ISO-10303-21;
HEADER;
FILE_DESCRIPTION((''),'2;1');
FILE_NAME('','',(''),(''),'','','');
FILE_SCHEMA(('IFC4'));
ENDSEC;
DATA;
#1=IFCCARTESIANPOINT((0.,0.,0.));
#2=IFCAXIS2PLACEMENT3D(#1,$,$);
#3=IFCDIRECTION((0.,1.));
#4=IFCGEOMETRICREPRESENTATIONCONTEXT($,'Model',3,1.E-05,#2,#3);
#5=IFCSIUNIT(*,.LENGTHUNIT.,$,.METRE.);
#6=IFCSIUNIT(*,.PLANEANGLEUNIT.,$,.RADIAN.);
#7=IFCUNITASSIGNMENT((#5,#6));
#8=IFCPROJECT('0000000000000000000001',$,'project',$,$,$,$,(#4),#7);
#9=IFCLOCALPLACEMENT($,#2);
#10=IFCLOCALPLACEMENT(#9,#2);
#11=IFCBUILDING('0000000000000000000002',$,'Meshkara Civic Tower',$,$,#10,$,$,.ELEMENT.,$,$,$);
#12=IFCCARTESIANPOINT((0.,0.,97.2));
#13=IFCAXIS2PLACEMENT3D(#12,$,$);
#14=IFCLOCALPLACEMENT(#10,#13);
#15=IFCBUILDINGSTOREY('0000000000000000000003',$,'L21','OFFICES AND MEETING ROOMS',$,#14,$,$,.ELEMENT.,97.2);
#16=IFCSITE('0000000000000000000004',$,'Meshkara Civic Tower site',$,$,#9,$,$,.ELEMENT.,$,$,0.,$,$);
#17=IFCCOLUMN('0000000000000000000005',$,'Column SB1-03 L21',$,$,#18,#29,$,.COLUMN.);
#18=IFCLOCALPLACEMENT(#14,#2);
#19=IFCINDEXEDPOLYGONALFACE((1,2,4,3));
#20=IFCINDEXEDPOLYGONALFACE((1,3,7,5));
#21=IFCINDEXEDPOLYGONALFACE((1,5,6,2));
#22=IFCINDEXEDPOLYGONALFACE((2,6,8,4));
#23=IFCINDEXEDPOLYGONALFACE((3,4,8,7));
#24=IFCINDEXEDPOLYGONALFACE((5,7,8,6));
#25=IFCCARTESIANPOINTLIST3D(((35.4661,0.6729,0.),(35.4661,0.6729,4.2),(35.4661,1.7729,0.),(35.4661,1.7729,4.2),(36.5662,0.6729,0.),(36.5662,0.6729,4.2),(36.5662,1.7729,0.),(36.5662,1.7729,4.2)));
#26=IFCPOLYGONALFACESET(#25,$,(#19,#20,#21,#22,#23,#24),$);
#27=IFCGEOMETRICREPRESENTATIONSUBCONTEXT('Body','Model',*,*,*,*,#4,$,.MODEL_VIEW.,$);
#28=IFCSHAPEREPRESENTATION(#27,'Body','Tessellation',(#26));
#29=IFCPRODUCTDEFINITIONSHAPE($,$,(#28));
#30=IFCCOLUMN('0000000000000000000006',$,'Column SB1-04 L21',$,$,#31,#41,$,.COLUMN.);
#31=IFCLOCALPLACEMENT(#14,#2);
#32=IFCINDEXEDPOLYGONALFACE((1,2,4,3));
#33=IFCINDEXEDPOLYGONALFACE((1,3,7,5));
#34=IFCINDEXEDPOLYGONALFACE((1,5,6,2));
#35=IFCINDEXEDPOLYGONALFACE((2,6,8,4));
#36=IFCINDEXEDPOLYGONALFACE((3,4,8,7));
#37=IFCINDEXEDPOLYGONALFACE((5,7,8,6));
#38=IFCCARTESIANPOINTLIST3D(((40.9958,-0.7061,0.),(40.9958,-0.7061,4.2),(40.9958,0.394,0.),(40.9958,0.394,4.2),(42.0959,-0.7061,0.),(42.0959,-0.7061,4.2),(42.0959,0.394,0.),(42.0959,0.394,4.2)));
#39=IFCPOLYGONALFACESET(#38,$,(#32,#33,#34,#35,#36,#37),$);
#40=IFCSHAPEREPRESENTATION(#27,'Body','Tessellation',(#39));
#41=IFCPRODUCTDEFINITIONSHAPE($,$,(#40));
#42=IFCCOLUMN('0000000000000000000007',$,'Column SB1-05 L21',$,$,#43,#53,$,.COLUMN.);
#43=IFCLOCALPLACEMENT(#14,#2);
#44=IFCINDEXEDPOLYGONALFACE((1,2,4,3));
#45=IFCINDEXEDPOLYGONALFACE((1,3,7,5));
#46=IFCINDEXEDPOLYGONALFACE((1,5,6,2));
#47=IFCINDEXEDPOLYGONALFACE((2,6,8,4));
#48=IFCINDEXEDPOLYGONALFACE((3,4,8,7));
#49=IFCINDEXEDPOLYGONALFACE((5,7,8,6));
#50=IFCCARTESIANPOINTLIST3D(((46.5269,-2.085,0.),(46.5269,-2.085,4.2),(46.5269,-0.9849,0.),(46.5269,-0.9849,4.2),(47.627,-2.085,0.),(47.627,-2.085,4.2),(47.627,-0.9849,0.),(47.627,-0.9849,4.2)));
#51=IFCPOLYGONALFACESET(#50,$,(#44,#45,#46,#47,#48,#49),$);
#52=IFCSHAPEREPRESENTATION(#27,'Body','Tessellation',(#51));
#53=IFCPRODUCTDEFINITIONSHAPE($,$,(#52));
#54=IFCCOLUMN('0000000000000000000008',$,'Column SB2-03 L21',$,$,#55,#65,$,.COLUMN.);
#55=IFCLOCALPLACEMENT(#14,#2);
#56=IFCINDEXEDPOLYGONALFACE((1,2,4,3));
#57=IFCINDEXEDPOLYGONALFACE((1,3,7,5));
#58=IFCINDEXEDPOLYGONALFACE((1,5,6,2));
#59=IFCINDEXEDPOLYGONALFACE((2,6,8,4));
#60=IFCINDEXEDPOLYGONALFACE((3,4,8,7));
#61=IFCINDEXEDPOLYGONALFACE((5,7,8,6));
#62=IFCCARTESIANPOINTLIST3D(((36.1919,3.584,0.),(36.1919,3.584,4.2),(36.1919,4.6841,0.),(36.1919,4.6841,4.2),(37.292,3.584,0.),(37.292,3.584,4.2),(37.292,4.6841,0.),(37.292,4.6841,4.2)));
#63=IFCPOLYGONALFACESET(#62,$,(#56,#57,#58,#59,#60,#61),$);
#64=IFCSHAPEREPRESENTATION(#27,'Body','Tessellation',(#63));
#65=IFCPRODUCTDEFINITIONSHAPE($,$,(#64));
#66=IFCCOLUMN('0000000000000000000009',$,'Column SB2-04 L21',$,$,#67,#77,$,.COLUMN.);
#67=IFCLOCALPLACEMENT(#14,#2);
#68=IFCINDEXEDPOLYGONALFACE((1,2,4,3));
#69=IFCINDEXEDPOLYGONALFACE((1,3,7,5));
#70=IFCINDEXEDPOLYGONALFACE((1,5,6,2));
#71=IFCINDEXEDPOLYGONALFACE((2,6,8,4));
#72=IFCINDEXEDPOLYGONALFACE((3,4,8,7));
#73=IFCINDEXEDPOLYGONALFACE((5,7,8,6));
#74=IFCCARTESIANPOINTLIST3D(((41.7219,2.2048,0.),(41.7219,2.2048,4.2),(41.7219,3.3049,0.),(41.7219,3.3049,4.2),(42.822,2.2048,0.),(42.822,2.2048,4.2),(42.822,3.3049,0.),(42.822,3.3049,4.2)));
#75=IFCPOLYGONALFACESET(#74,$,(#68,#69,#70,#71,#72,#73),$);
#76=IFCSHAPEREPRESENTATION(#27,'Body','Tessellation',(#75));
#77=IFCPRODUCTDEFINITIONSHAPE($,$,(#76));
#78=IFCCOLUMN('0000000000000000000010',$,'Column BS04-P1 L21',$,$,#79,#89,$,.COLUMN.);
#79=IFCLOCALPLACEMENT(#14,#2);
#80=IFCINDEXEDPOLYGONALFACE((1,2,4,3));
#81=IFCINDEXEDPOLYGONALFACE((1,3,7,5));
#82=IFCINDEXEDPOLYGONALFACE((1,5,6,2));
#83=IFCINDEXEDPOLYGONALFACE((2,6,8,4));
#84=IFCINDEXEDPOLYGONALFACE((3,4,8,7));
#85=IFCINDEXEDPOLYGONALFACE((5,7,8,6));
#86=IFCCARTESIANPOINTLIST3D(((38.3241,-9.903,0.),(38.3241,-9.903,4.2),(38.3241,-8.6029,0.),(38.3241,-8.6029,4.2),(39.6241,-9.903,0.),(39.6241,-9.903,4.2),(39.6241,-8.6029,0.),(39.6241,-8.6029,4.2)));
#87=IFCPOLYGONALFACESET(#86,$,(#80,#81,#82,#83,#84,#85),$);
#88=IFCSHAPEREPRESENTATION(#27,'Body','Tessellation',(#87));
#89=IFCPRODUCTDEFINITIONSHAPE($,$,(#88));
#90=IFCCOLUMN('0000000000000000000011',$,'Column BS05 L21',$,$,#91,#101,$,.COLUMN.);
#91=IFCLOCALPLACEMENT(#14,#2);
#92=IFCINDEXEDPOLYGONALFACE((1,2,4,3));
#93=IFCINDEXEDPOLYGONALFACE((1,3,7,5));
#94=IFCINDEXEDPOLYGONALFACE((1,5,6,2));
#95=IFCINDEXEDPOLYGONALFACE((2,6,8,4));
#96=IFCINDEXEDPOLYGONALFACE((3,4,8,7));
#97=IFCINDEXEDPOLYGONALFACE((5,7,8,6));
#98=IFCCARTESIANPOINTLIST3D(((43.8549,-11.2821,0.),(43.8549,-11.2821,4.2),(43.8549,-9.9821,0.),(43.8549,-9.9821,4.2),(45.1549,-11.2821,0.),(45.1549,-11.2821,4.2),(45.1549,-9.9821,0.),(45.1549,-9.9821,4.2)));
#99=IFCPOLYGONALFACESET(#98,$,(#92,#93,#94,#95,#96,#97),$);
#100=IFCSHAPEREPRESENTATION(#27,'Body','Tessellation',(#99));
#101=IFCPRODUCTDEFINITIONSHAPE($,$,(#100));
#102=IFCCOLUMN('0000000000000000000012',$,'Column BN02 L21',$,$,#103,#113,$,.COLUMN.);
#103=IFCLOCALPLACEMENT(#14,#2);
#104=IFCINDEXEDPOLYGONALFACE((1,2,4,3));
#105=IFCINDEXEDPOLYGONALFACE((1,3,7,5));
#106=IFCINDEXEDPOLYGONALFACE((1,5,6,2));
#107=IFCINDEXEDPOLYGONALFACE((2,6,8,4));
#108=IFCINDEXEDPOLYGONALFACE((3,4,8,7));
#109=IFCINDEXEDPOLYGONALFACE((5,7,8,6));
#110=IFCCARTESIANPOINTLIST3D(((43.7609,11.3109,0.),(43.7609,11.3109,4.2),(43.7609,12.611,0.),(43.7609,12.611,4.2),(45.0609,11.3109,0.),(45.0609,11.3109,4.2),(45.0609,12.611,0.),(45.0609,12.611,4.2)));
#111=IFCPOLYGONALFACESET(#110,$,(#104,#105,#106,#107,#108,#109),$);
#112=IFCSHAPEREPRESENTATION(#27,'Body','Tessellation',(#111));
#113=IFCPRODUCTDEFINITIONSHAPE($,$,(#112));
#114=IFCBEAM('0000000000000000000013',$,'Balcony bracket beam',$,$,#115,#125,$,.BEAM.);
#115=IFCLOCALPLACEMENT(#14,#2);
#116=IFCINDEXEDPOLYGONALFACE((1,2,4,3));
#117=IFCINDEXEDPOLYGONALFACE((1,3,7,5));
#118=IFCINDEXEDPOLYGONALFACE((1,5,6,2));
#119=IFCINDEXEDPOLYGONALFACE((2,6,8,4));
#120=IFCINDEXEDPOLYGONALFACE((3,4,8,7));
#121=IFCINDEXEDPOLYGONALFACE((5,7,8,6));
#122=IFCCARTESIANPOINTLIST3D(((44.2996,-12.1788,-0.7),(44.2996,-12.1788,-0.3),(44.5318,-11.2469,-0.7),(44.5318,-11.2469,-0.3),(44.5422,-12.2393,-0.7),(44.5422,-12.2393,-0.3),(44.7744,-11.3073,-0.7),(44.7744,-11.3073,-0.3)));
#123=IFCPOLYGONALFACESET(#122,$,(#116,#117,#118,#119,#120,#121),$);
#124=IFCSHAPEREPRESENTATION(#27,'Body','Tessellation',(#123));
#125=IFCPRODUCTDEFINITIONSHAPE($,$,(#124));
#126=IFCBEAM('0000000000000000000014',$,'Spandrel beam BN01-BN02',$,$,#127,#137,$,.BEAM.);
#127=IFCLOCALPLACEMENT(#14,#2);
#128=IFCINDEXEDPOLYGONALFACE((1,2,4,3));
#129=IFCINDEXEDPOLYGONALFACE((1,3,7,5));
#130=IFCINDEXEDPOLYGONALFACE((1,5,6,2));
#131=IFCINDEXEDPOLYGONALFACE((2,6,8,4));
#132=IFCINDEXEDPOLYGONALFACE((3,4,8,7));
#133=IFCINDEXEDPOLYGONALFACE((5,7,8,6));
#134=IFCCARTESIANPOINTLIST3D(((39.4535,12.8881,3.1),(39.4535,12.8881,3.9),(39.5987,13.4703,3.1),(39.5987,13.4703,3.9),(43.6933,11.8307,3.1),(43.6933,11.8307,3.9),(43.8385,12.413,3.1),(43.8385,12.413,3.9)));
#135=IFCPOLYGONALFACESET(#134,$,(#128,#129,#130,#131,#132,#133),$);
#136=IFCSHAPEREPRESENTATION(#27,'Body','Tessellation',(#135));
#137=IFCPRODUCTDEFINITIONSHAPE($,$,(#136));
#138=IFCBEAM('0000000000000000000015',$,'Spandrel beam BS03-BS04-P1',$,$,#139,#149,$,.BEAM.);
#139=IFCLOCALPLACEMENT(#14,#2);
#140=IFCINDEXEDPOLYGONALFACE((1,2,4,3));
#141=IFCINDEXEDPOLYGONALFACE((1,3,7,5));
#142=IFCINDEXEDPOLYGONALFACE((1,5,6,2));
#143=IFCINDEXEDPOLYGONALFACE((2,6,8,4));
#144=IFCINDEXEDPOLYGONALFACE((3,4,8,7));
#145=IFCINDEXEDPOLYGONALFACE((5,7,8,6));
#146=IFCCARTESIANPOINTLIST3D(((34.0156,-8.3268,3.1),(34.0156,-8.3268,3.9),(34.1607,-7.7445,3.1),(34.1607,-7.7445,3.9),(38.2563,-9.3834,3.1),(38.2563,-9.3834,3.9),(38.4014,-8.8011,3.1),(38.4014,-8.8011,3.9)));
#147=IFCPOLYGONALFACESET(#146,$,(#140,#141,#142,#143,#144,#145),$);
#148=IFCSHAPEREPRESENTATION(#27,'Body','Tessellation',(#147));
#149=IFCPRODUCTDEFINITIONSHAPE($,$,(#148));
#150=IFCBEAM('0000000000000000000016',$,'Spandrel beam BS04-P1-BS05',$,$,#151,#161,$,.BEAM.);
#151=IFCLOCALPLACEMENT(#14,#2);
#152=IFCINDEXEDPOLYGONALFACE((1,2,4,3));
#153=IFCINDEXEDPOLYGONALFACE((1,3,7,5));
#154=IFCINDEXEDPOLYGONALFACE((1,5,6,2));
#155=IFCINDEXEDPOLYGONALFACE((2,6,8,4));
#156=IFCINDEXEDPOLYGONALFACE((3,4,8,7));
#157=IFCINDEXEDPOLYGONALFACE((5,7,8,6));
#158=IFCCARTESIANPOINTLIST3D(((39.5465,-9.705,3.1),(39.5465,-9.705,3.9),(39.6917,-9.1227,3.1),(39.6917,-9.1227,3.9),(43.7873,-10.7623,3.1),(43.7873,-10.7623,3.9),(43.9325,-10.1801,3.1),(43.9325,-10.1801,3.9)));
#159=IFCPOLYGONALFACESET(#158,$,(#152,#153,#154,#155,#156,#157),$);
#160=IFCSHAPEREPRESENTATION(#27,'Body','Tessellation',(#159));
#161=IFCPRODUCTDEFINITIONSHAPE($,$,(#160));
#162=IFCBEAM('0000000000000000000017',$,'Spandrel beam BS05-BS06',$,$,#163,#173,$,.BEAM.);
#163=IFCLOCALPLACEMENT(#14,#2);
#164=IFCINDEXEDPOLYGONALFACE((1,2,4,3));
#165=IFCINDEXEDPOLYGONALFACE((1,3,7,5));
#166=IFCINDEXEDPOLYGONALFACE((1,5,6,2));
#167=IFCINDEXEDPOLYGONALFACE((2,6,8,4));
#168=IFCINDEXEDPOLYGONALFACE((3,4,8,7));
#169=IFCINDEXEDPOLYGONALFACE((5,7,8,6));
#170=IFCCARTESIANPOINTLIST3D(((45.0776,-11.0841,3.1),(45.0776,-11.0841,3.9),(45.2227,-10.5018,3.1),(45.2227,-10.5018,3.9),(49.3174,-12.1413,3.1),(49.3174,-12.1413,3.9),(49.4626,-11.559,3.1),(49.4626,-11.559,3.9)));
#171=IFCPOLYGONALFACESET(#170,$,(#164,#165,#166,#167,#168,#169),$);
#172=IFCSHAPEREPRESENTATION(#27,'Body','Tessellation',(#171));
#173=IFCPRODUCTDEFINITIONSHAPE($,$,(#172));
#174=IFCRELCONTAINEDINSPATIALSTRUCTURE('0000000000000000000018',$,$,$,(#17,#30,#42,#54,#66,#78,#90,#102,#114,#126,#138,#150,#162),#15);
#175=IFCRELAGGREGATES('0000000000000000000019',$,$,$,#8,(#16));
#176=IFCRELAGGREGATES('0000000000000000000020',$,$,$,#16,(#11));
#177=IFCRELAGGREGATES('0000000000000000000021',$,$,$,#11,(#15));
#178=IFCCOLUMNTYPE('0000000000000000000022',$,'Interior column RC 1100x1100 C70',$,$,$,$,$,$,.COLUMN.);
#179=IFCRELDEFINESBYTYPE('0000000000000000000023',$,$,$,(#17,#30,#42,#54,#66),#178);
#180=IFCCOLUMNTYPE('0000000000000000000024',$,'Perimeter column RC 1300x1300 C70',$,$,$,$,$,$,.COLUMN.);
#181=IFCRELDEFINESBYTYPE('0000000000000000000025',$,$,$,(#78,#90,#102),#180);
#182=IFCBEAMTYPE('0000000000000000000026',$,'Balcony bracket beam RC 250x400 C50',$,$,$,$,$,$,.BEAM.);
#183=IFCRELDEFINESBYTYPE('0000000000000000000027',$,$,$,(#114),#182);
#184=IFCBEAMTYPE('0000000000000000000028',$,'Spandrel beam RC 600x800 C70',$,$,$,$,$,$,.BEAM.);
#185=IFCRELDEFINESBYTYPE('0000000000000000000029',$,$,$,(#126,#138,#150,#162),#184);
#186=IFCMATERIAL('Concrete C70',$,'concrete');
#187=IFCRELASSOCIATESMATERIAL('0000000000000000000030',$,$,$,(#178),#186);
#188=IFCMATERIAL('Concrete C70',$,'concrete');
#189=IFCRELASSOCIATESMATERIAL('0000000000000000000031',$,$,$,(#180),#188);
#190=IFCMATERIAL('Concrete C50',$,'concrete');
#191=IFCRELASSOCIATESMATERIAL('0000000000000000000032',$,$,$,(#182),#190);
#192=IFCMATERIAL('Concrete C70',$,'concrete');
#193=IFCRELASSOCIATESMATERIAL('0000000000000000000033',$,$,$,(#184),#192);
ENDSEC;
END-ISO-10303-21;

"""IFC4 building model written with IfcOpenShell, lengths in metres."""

from ifc_helpers import new_model, si_unit, direction, frame, origin, origin_2d, place, context, subcontext, project, spatial, rectangle, extrude, material, material_profile, profile_set, type_object, element, save


model = new_model("IFC4")

# Units and contexts
model_context = context("Model", 3, precision=1e-05, world=origin(), true_north=direction((0.0, 1.0)))
body_context = subcontext(model_context, "Body", "Model", "MODEL_VIEW")
ifc_project = project(units=[si_unit("LENGTHUNIT", "METRE"), si_unit("PLANEANGLEUNIT", "RADIAN")], contexts=[model_context])

# Site, building, storey
site_placement = place(None, origin())
site = spatial("IfcSite", under=ifc_project, at=site_placement, Name="Meshkara Civic Tower site", CompositionType="ELEMENT", RefElevation=0.0)
building_placement = place(site_placement, origin())
building = spatial("IfcBuilding", under=site, at=building_placement, Name="Meshkara Civic Tower", CompositionType="ELEMENT")
storey_placement = place(building_placement, frame((0.0, 0.0, 97.2)))
storey = spatial("IfcBuildingStorey", under=building, at=storey_placement, Name="L21", Description="OFFICES AND MEETING ROOMS", CompositionType="ELEMENT", Elevation=97.2)

# Columns
ifc_material_1 = material(Name="Concrete C70", Category="concrete")
ifc_material_profile_1 = material_profile(ifc_material_1, rectangle(XDim=1.1001, YDim=1.1001, at=origin_2d()))
ifc_profile_set_1 = profile_set([ifc_material_profile_1], Name="Concrete C70")
column_type_1 = type_object("IfcColumnType", Name="Interior column RC 1100x1100 C70", PredefinedType="COLUMN", material=ifc_profile_set_1)
for number, where, z_axis, x_axis, name in (
    (1, (36.0161, 1.2229, 0.0), (0.0, 0.0, 1.0), (1.0, 0.0, 0.0), "Column SB1-03 L21"),
    (2, (41.5459, -0.156, 0.0), (0.0, 0.0, 1.0), (1.0, 0.0, 0.0), "Column SB1-04 L21"),
    (3, (47.0769, -1.5349, 0.0), (0.0, 0.0, 1.0), (1.0, 0.0, 0.0), "Column SB1-05 L21"),
    (4, (36.7419, 4.134, 0.0), (0.0, 0.0, 1.0), (1.0, 0.0, 0.0), "Column SB2-03 L21"),
    (5, (42.272, 2.7549, 0.0), (0.0, 0.0, 1.0), (1.0, 0.0, 0.0), "Column SB2-04 L21"),
):
    element("IfcColumn", number, at=place(storey_placement, frame(where, z_axis=z_axis, x_axis=x_axis)), inside=storey, type_object=column_type_1, Name=name, PredefinedType="COLUMN", context=body_context, shape_type="SweptSolid", body=[
        extrude(rectangle(XDim=1.1001, YDim=1.1001, at=origin_2d()), origin(), (0.0, 0.0, 1.0), 4.2),
    ])
ifc_material_2 = material(Name="Concrete C70", Category="concrete")
ifc_material_profile_2 = material_profile(ifc_material_2, rectangle(XDim=1.3, YDim=1.3, at=origin_2d()))
ifc_profile_set_2 = profile_set([ifc_material_profile_2], Name="Concrete C70")
column_type_2 = type_object("IfcColumnType", Name="Perimeter column RC 1300x1300 C70", PredefinedType="COLUMN", material=ifc_profile_set_2)
for number, where, z_axis, x_axis, name in (
    (6, (38.9741, -9.2529, 0.0), (0.0, 0.0, 1.0), (1.0, 0.0, 0.0), "Column BS04-P1 L21"),
    (7, (44.5049, -10.6321, 0.0), (0.0, 0.0, 1.0), (1.0, 0.0, 0.0), "Column BS05 L21"),
    (8, (44.4109, 11.9609, 0.0), (0.0, 0.0, 1.0), (1.0, 0.0, 0.0), "Column BN02 L21"),
):
    element("IfcColumn", number, at=place(storey_placement, frame(where, z_axis=z_axis, x_axis=x_axis)), inside=storey, type_object=column_type_2, Name=name, PredefinedType="COLUMN", context=body_context, shape_type="SweptSolid", body=[
        extrude(rectangle(XDim=1.3, YDim=1.3, at=origin_2d()), origin(), (0.0, 0.0, 1.0), 4.2),
    ])

# Beams
ifc_material_3 = material(Name="Concrete C50", Category="concrete")
ifc_material_profile_3 = material_profile(ifc_material_3, rectangle(XDim=0.25, YDim=0.3999, at=origin_2d()))
ifc_profile_set_3 = profile_set([ifc_material_profile_3], Name="Concrete C50")
beam_type_1 = type_object("IfcBeamType", Name="Balcony bracket beam RC 250x400 C50", PredefinedType="BEAM", material=ifc_profile_set_3)
beam_1_placement = place(storey_placement, frame((44.6531, -11.2771, -0.5), z_axis=(-0.241758, -0.970337, 0.0), x_axis=(0.970337, -0.241758, 0.0)))
element("IfcBeam", 9, at=beam_1_placement, inside=storey, type_object=beam_type_1, Name="Balcony bracket beam", PredefinedType="BEAM", context=body_context, shape_type="SweptSolid", body=[
    extrude(rectangle(XDim=0.25, YDim=0.3999, at=origin_2d()), origin(), (0.0, 0.0, 1.0), 0.9604),
])
ifc_material_4 = material(Name="Concrete C70", Category="concrete")
ifc_material_profile_4 = material_profile(ifc_material_4, rectangle(XDim=0.6001, YDim=0.8, at=origin_2d()))
ifc_profile_set_4 = profile_set([ifc_material_profile_4], Name="Concrete C70")
beam_type_2 = type_object("IfcBeamType", Name="Spandrel beam RC 600x800 C70", PredefinedType="BEAM", material=ifc_profile_set_4)
beam_2_placement = place(storey_placement, frame((43.7659, 12.1218, 3.5), z_axis=(-0.97028, 0.241983, 0.0), x_axis=(-0.241983, -0.97028, 0.0)))
element("IfcBeam", 10, at=beam_2_placement, inside=storey, type_object=beam_type_2, Name="Spandrel beam BN01-BN02", PredefinedType="BEAM", context=body_context, shape_type="SweptSolid", body=[
    extrude(rectangle(XDim=0.6001, YDim=0.8, at=origin_2d()), origin(), (0.0, 0.0, 1.0), 4.3696),
])
beam_3_placement = place(storey_placement, frame((34.0881, -8.0356, 3.5), z_axis=(0.970333, -0.241773, 0.0), x_axis=(0.241773, 0.970333, 0.0)))
element("IfcBeam", 11, at=beam_3_placement, inside=storey, type_object=beam_type_2, Name="Spandrel beam BS03-BS04-P1", PredefinedType="BEAM", context=body_context, shape_type="SweptSolid", body=[
    extrude(rectangle(XDim=0.6001, YDim=0.8, at=origin_2d()), origin(), (0.0, 0.0, 1.0), 4.3704),
])
beam_4_placement = place(storey_placement, frame((39.6191, -9.4138, 3.5), z_axis=(0.970293, -0.241931, 0.0), x_axis=(0.241931, 0.970293, 0.0)))
element("IfcBeam", 12, at=beam_4_placement, inside=storey, type_object=beam_type_2, Name="Spandrel beam BS04-P1-BS05", PredefinedType="BEAM", context=body_context, shape_type="SweptSolid", body=[
    extrude(rectangle(XDim=0.6001, YDim=0.8, at=origin_2d()), origin(), (0.0, 0.0, 1.0), 4.3706),
])
beam_5_placement = place(storey_placement, frame((45.1501, -10.793, 3.5), z_axis=(0.970293, -0.241931, 0.0), x_axis=(0.241931, 0.970293, 0.0)))
element("IfcBeam", 13, at=beam_5_placement, inside=storey, type_object=beam_type_2, Name="Spandrel beam BS05-BS06", PredefinedType="BEAM", context=body_context, shape_type="SweptSolid", body=[
    extrude(rectangle(XDim=0.6001, YDim=0.8, at=origin_2d()), origin(), (0.0, 0.0, 1.0), 4.3696),
])

save(model, "model.ifc")
